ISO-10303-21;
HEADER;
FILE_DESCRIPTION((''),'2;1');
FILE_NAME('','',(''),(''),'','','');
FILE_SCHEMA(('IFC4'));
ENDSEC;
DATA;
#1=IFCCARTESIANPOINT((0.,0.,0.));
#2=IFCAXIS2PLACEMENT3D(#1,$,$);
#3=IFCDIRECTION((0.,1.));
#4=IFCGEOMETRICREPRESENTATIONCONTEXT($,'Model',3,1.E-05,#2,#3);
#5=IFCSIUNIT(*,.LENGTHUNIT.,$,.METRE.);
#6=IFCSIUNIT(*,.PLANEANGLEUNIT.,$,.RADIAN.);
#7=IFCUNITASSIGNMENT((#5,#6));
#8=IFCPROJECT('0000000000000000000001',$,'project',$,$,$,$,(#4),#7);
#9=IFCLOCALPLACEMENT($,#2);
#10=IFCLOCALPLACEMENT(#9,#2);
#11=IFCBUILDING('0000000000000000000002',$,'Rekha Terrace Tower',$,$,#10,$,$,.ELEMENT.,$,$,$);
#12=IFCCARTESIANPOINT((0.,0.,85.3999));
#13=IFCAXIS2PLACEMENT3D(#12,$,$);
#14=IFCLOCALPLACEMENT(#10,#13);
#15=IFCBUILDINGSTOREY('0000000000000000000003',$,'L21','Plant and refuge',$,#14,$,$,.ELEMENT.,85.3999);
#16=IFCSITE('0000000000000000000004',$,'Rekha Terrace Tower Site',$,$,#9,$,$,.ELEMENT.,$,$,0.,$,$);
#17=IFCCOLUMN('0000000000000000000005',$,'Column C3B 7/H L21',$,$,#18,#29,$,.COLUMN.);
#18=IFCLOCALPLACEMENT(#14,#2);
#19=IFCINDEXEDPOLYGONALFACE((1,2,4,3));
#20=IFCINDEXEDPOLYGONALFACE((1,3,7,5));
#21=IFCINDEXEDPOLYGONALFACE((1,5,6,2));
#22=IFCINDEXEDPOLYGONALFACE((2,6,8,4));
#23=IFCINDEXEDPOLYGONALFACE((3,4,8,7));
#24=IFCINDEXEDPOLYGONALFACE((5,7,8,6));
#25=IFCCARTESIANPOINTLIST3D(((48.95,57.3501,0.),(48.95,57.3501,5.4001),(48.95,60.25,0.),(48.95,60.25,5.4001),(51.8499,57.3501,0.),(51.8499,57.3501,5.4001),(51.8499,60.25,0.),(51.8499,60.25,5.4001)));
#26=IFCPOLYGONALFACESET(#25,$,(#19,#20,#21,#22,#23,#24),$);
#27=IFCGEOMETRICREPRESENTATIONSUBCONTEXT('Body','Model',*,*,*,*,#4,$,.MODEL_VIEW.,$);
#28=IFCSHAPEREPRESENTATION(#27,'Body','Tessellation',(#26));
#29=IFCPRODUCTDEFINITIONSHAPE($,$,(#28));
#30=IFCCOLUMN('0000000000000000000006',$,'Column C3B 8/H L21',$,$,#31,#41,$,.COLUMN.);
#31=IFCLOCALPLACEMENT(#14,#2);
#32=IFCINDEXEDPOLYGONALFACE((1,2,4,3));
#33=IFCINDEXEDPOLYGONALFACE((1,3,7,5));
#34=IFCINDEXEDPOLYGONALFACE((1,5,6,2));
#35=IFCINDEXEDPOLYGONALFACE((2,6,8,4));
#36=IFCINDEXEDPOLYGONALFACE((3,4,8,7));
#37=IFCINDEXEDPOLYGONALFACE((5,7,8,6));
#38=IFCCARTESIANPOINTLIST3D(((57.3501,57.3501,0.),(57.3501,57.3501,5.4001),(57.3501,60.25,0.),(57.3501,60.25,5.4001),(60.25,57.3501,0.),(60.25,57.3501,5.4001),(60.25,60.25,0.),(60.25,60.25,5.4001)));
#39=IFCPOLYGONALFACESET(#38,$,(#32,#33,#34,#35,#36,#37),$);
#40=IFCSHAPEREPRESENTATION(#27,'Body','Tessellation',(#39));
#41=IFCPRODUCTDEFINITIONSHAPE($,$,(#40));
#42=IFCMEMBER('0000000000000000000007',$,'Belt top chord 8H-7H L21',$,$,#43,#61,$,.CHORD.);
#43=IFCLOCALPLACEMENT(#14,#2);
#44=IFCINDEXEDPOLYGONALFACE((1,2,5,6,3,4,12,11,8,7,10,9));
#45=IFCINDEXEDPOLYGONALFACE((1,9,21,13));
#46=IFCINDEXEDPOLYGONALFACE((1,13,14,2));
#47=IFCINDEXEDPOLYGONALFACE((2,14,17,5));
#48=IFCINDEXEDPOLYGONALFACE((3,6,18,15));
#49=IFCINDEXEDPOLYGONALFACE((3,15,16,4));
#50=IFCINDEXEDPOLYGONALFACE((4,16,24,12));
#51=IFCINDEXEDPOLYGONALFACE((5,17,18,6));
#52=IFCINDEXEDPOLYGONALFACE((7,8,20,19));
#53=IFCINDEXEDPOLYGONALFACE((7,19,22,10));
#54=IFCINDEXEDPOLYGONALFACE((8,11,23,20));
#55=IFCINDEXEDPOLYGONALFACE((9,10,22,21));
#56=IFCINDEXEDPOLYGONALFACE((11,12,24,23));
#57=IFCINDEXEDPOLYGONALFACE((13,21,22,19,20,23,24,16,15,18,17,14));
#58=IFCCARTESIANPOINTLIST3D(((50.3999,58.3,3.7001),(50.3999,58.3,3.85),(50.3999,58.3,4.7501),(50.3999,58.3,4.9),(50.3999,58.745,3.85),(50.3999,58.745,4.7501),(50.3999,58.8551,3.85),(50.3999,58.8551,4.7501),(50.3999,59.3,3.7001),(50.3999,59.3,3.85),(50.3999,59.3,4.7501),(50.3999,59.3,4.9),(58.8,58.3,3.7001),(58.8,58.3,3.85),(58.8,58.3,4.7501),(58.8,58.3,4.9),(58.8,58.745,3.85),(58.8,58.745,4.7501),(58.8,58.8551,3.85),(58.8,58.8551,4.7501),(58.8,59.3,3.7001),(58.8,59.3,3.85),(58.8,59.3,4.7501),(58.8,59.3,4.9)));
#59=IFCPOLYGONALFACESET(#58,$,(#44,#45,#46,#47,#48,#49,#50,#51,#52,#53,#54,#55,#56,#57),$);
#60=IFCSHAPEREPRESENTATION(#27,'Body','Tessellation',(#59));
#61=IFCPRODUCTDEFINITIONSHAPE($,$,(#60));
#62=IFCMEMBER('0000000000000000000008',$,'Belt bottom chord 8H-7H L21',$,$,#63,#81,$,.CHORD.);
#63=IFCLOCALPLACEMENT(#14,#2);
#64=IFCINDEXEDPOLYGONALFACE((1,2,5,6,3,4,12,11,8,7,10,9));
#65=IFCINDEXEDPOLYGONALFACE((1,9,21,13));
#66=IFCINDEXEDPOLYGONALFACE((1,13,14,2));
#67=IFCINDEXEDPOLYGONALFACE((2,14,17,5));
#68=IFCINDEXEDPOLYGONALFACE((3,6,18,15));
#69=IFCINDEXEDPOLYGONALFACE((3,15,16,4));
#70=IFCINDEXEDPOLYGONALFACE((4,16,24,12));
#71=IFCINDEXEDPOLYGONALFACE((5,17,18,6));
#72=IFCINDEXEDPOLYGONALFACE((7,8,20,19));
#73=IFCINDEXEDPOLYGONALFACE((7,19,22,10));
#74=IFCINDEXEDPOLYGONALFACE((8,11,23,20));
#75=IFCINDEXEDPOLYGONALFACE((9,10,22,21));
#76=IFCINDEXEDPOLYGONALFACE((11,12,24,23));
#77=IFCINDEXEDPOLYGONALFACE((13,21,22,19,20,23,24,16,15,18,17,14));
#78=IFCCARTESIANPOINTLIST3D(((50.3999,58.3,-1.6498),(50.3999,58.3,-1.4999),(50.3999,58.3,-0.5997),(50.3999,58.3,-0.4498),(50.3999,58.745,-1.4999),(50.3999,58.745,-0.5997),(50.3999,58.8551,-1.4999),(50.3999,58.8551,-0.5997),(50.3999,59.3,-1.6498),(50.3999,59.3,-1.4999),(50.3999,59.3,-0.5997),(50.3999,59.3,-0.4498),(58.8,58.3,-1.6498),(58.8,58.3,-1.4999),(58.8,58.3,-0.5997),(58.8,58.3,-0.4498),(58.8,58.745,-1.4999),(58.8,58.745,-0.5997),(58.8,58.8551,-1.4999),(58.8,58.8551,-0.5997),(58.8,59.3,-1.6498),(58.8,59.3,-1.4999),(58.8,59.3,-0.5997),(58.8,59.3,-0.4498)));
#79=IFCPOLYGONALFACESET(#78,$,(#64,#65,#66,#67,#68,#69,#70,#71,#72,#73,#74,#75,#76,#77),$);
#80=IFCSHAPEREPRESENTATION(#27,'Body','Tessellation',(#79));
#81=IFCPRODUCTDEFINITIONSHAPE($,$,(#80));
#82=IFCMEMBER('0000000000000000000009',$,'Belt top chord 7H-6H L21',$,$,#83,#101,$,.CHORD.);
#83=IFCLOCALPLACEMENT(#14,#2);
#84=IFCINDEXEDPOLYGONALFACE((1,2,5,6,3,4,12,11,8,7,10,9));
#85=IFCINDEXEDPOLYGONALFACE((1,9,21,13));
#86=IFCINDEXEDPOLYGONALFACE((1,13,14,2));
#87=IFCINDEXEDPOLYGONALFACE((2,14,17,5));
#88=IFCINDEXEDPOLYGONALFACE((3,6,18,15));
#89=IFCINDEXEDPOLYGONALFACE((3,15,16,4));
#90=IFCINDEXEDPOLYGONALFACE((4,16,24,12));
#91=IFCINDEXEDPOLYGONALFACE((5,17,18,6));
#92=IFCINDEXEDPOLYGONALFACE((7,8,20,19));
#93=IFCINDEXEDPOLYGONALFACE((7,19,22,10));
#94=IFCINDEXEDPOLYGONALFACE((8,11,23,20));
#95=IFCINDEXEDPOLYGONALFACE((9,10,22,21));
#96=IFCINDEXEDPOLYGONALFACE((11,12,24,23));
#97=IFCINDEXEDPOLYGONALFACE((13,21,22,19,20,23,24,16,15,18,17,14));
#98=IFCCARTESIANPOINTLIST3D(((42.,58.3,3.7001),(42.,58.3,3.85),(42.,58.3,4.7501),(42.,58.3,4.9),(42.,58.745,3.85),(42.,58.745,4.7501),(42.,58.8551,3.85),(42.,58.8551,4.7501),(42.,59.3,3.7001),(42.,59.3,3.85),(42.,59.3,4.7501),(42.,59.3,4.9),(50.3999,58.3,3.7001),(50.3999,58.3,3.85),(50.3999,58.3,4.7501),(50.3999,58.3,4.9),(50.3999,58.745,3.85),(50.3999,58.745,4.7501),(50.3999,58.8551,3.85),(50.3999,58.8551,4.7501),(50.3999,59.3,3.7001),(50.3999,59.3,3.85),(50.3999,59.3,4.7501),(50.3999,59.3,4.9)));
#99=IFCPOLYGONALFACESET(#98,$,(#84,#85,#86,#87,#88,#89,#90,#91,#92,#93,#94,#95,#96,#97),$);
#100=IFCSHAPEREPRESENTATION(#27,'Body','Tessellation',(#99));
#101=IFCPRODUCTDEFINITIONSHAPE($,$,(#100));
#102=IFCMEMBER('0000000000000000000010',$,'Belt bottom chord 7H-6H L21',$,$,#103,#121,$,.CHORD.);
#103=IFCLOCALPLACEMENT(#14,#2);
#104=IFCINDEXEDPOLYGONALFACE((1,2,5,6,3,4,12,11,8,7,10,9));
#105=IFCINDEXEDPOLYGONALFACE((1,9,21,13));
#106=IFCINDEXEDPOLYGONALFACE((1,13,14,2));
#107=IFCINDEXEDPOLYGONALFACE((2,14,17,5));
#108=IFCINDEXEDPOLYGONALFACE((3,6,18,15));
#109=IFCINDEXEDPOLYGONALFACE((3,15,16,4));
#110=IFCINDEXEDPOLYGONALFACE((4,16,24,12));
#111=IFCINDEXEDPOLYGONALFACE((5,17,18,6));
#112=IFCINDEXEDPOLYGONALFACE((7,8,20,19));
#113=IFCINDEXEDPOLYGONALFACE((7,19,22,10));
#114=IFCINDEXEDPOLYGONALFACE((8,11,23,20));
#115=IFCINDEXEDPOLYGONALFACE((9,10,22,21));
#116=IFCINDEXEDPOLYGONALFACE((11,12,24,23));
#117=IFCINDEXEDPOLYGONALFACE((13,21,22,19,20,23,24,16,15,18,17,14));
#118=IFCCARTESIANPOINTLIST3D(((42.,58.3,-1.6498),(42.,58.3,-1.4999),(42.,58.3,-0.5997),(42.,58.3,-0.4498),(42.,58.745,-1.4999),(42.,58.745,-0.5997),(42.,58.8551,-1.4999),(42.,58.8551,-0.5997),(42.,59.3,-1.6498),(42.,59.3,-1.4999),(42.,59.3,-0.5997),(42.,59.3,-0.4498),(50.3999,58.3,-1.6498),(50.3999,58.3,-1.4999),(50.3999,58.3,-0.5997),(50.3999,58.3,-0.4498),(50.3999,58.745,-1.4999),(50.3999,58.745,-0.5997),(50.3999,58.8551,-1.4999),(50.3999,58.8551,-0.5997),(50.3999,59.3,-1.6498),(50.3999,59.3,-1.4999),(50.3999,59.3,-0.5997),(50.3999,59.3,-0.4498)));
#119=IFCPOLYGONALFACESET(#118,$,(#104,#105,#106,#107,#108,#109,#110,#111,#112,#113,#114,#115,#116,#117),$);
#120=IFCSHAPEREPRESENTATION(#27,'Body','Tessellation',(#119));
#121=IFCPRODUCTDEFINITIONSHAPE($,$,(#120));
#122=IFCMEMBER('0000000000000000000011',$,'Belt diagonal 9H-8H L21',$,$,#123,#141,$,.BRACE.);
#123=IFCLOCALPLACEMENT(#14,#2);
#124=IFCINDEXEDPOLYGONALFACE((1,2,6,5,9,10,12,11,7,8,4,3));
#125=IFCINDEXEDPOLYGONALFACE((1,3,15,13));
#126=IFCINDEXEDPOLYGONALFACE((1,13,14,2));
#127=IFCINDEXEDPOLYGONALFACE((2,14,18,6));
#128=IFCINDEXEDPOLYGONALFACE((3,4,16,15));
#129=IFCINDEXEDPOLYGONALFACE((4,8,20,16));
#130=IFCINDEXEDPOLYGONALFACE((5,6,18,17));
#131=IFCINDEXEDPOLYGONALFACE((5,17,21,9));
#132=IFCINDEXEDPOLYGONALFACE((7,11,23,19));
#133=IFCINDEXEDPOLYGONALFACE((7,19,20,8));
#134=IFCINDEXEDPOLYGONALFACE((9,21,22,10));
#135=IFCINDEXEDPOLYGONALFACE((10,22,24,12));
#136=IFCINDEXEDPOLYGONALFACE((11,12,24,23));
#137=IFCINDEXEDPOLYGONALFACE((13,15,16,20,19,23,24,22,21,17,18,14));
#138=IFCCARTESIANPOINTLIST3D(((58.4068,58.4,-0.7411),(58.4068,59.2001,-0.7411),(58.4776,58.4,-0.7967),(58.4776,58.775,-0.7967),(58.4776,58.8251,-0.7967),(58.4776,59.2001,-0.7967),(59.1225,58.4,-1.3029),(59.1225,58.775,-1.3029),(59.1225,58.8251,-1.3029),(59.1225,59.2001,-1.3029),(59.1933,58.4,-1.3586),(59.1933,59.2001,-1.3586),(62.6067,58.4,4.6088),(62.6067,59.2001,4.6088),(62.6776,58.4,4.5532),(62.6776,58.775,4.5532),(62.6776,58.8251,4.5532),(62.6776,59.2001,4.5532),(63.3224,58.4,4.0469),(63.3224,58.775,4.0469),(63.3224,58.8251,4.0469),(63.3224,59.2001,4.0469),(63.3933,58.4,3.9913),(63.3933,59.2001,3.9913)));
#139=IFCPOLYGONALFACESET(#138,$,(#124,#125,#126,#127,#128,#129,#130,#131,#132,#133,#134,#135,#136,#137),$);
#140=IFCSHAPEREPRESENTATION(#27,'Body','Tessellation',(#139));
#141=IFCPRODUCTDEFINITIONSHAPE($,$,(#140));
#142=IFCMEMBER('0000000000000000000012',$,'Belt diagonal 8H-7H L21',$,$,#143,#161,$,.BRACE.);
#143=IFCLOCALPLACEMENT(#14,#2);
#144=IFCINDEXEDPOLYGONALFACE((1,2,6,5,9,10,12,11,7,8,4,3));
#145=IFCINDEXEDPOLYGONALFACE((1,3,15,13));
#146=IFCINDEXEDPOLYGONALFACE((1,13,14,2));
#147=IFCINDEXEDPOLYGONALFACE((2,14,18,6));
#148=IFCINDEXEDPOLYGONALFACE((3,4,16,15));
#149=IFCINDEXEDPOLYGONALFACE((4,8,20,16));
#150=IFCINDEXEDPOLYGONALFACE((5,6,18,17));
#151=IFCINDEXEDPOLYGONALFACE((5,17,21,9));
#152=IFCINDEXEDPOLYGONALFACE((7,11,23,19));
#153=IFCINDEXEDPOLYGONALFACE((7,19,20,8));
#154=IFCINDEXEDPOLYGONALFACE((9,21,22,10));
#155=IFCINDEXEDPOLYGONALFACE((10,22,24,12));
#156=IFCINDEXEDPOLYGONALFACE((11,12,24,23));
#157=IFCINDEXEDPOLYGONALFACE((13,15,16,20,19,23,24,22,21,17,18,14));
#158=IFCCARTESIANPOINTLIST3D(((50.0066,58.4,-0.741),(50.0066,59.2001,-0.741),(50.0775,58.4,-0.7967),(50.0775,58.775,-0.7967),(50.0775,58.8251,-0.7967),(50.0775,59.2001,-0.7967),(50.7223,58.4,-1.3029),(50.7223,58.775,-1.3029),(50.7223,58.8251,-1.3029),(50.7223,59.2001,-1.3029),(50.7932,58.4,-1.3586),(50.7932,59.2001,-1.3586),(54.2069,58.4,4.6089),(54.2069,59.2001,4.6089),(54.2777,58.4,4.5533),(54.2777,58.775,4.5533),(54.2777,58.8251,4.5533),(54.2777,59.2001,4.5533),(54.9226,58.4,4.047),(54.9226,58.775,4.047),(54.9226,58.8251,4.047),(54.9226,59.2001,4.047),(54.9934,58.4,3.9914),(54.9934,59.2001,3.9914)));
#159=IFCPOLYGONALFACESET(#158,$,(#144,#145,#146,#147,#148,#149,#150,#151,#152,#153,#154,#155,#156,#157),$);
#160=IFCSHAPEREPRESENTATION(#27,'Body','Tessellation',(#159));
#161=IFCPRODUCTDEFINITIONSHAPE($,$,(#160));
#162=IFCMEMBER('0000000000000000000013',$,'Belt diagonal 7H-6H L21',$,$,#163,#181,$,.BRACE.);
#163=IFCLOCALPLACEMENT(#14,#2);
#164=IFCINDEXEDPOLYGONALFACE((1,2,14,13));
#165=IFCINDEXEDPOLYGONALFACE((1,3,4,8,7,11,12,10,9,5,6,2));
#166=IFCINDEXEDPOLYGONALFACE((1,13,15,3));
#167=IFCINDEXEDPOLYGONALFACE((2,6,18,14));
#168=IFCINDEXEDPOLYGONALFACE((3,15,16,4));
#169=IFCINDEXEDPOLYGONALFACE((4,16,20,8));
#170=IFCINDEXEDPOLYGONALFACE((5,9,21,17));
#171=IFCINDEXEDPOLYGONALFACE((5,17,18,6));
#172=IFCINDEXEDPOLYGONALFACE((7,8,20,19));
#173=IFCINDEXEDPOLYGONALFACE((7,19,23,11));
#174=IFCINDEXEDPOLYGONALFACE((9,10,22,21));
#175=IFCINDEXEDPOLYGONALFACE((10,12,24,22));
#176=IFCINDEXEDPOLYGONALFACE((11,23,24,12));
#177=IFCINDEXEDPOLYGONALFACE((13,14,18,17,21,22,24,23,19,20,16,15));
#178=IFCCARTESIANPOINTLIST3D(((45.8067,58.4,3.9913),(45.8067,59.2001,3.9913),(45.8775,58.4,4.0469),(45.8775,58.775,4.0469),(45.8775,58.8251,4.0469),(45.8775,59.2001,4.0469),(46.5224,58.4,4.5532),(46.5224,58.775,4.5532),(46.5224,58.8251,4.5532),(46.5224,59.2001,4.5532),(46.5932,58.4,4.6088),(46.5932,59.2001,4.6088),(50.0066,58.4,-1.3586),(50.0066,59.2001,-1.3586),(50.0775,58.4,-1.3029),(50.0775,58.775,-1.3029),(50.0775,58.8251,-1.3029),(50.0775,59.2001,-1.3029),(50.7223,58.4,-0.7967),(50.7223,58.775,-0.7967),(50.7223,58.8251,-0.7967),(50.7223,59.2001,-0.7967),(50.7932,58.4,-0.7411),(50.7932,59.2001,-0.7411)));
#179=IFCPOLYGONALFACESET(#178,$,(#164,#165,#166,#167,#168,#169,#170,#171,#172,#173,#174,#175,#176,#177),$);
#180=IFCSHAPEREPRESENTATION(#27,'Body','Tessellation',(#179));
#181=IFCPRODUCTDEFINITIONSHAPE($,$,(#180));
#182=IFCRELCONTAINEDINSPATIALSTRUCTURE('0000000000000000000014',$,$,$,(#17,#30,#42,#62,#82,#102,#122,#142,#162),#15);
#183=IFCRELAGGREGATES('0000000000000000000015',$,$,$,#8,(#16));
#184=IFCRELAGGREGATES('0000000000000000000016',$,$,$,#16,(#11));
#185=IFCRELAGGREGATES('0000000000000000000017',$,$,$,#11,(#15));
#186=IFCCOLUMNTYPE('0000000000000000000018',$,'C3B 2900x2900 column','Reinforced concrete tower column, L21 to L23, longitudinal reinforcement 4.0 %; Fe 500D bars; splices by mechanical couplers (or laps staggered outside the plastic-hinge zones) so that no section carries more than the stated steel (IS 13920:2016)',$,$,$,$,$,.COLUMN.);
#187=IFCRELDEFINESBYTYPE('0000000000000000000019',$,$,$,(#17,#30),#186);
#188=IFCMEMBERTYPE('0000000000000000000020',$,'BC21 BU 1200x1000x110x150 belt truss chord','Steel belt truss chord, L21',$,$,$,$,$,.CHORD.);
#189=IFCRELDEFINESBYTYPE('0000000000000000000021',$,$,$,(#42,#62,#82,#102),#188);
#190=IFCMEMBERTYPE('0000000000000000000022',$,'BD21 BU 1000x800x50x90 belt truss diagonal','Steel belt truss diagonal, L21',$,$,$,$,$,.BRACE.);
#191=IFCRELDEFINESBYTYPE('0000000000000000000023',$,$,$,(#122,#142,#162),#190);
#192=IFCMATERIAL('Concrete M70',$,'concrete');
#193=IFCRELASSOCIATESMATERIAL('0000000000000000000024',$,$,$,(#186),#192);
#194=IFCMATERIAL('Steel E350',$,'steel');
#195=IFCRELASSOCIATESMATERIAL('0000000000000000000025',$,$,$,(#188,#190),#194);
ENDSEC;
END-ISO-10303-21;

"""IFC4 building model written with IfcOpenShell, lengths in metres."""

from ifc_helpers import new_model, si_unit, direction, frame, origin, origin_2d, place, context, subcontext, project, spatial, rectangle, i_section, extrude, material, material_profile, profile_set, type_object, element, save


model = new_model("IFC4")

# Units and contexts
model_context = context("Model", 3, precision=1e-05, world=origin(), true_north=direction((0.0, 1.0)))
body_context = subcontext(model_context, "Body", "Model", "MODEL_VIEW")
ifc_project = project(units=[si_unit("LENGTHUNIT", "METRE"), si_unit("PLANEANGLEUNIT", "RADIAN")], contexts=[model_context])

# Site, building, storey
site_placement = place(None, origin())
site = spatial("IfcSite", under=ifc_project, at=site_placement, Name="Rekha Terrace Tower Site", CompositionType="ELEMENT", RefElevation=0.0)
building_placement = place(site_placement, origin())
building = spatial("IfcBuilding", under=site, at=building_placement, Name="Rekha Terrace Tower", CompositionType="ELEMENT")
storey_placement = place(building_placement, frame((0.0, 0.0, 85.3999)))
storey = spatial("IfcBuildingStorey", under=building, at=storey_placement, Name="L21", Description="Plant and refuge", CompositionType="ELEMENT", Elevation=85.3999)

# Columns
ifc_material_1 = material(Name="Concrete M70", Category="concrete")
ifc_material_profile_1 = material_profile(ifc_material_1, rectangle(XDim=2.8999, YDim=2.8999, at=origin_2d()), Name="RC 2900x2900")
ifc_profile_set_1 = profile_set([ifc_material_profile_1], Name="Concrete M70")
column_type = type_object("IfcColumnType", Name="C3B 2900x2900 column", Description="Reinforced concrete tower column, L21 to L23, longitudinal reinforcement 4.0 %; Fe 500D bars; splices by mechanical couplers (or laps staggered outside the plastic-hinge zones) so that no section carries more than the stated steel (IS 13920:2016)", PredefinedType="COLUMN", material=ifc_profile_set_1)
for number, where, z_axis, x_axis, name in (
    (1, (50.3999, 58.8, 0.0), (0.0, 0.0, 1.0), (1.0, 0.0, 0.0), "Column C3B 7/H L21"),
    (2, (58.8, 58.8, 0.0), (0.0, 0.0, 1.0), (1.0, 0.0, 0.0), "Column C3B 8/H L21"),
):
    element("IfcColumn", number, at=place(storey_placement, frame(where, z_axis=z_axis, x_axis=x_axis)), inside=storey, type_object=column_type, Name=name, PredefinedType="COLUMN", context=body_context, shape_type="SweptSolid", body=[
        extrude(rectangle(XDim=2.8999, YDim=2.8999, at=origin_2d()), origin(), (0.0, 0.0, 1.0), 5.4001),
    ])

# Members
ifc_material_2 = material(Name="Steel E350", Category="steel")
ifc_material_profile_2 = material_profile(ifc_material_2, i_section(OverallWidth=1.0, OverallDepth=1.2, WebThickness=0.1101, FlangeThickness=0.1499, at=origin_2d()), Name="BU 1200x1000x110x150")
ifc_profile_set_2 = profile_set([ifc_material_profile_2], Name="Steel E350")
member_type_1 = type_object("IfcMemberType", Name="BC21 BU 1200x1000x110x150 belt truss chord", Description="Steel belt truss chord, L21", PredefinedType="CHORD", material=ifc_profile_set_2)
for number, where, z_axis, x_axis, name in (
    (3, (58.8, 58.8, 4.3), (-1.0, 0.0, 0.0), (0.0, -1.0, 0.0), "Belt top chord 8H-7H L21"),
    (4, (58.8, 58.8, -1.0498), (-1.0, 0.0, 0.0), (0.0, -1.0, 0.0), "Belt bottom chord 8H-7H L21"),
):
    element("IfcMember", number, at=place(storey_placement, frame(where, z_axis=z_axis, x_axis=x_axis)), inside=storey, type_object=member_type_1, Name=name, PredefinedType="CHORD", context=body_context, shape_type="SweptSolid", body=[
        extrude(i_section(OverallWidth=1.0, OverallDepth=1.2, WebThickness=0.1101, FlangeThickness=0.1499, at=origin_2d()), origin(), (0.0, 0.0, 1.0), 8.4001),
    ])
for number, where, z_axis, x_axis, name in (
    (5, (50.3999, 58.8, 4.3), (-1.0, 0.0, 0.0), (0.0, -1.0, 0.0), "Belt top chord 7H-6H L21"),
    (6, (50.3999, 58.8, -1.0498), (-1.0, 0.0, 0.0), (0.0, -1.0, 0.0), "Belt bottom chord 7H-6H L21"),
):
    element("IfcMember", number, at=place(storey_placement, frame(where, z_axis=z_axis, x_axis=x_axis)), inside=storey, type_object=member_type_1, Name=name, PredefinedType="CHORD", context=body_context, shape_type="SweptSolid", body=[
        extrude(i_section(OverallWidth=1.0, OverallDepth=1.2, WebThickness=0.1101, FlangeThickness=0.1499, at=origin_2d()), origin(), (0.0, 0.0, 1.0), 8.3999),
    ])
ifc_material_profile_3 = material_profile(ifc_material_2, i_section(OverallWidth=0.8, OverallDepth=1.0, WebThickness=0.05, FlangeThickness=0.0901, at=origin_2d()), Name="BU 1000x800x50x90")
ifc_profile_set_3 = profile_set([ifc_material_profile_3], Name="Steel E350")
member_type_2 = type_object("IfcMemberType", Name="BD21 BU 1000x800x50x90 belt truss diagonal", Description="Steel belt truss diagonal, L21", PredefinedType="BRACE", material=ifc_profile_set_3)
member_1_placement = place(storey_placement, frame((58.8, 58.8, -1.0498), z_axis=(0.617503, 0.0, 0.786569), x_axis=(0.0, 1.0, 0.0)))
element("IfcMember", 7, at=member_1_placement, inside=storey, type_object=member_type_2, Name="Belt diagonal 9H-8H L21", PredefinedType="BRACE", context=body_context, shape_type="SweptSolid", body=[
    extrude(i_section(OverallWidth=0.8, OverallDepth=1.0, WebThickness=0.05, FlangeThickness=0.0901, at=origin_2d()), origin(), (0.0, 0.0, 1.0), 6.8015),
])
member_2_placement = place(storey_placement, frame((50.3999, 58.8, -1.0498), z_axis=(0.617525, 0.0, 0.786551), x_axis=(0.0, 1.0, 0.0)))
element("IfcMember", 8, at=member_2_placement, inside=storey, type_object=member_type_2, Name="Belt diagonal 8H-7H L21", PredefinedType="BRACE", context=body_context, shape_type="SweptSolid", body=[
    extrude(i_section(OverallWidth=0.8, OverallDepth=1.0, WebThickness=0.05, FlangeThickness=0.0901, at=origin_2d()), origin(), (0.0, 0.0, 1.0), 6.8018),
])
member_3_placement = place(storey_placement, frame((50.3999, 58.8, -1.0498), z_axis=(-0.617503, 0.0, 0.786569), x_axis=(0.0, -1.0, 0.0)))
element("IfcMember", 9, at=member_3_placement, inside=storey, type_object=member_type_2, Name="Belt diagonal 7H-6H L21", PredefinedType="BRACE", context=body_context, shape_type="SweptSolid", body=[
    extrude(i_section(OverallWidth=0.8, OverallDepth=1.0, WebThickness=0.05, FlangeThickness=0.0901, at=origin_2d()), origin(), (0.0, 0.0, 1.0), 6.8015),
])

save(model, "model.ifc")
